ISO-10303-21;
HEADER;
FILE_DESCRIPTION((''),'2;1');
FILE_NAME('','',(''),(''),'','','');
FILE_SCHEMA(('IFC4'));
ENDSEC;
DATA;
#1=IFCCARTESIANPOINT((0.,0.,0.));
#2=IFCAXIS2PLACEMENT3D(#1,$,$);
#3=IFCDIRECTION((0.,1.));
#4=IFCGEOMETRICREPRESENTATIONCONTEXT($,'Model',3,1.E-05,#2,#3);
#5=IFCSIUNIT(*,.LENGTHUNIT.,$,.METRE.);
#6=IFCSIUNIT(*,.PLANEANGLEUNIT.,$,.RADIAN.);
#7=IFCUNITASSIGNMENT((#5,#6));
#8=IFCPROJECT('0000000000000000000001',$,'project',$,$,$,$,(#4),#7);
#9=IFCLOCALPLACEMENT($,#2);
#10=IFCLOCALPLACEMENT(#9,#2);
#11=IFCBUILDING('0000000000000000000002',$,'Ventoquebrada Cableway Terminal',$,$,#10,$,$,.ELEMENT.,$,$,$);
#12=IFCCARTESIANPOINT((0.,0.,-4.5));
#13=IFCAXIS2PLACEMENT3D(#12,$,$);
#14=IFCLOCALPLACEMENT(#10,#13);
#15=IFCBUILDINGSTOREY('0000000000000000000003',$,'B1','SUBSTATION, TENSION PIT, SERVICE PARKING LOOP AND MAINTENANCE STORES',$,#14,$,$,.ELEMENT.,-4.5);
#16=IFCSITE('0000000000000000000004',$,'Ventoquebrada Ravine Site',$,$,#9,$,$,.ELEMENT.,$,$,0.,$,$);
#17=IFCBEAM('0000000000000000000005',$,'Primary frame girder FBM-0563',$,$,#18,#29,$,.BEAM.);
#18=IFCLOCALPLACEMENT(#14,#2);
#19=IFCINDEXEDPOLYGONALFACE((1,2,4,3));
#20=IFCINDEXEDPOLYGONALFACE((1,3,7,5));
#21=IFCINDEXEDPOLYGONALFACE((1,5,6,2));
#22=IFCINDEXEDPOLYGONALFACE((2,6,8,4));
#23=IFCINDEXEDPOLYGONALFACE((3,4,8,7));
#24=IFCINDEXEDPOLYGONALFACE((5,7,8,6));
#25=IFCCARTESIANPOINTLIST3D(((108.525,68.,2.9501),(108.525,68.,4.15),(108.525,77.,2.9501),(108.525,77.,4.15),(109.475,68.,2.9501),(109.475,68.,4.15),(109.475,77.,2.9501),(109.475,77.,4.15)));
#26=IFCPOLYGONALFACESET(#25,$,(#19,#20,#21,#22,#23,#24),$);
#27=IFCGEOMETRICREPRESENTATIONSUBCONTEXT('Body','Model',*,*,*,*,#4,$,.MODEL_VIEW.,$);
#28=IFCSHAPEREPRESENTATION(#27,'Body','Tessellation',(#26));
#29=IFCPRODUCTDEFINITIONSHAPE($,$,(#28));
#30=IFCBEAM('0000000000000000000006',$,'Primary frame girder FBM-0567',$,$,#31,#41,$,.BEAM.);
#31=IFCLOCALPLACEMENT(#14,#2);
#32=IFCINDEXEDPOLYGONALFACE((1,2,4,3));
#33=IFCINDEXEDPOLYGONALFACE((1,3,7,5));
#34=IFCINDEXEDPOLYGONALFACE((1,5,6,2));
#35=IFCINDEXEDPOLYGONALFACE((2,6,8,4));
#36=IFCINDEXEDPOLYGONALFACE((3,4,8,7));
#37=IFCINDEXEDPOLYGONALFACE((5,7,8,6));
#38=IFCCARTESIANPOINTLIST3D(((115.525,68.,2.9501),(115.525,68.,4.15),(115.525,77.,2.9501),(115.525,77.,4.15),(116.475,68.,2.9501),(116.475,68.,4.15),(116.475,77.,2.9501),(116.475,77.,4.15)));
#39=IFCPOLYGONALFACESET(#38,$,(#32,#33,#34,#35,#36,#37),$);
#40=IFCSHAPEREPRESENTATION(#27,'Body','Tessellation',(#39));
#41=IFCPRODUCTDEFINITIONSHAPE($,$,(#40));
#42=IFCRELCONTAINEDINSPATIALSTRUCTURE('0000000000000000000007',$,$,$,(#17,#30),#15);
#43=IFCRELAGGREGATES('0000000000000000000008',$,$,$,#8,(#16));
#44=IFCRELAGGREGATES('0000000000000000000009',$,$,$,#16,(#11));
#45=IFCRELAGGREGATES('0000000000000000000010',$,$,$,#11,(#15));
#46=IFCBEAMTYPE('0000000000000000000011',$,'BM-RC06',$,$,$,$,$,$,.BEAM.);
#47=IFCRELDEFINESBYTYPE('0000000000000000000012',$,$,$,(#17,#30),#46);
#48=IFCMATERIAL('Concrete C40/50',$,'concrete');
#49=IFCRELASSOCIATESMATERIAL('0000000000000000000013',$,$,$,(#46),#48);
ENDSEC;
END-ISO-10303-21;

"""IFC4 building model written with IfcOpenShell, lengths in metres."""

from ifc_helpers import new_model, si_unit, direction, frame, origin, origin_2d, place, context, subcontext, project, spatial, rectangle, extrude, material, material_profile, profile_set, type_object, element, save


model = new_model("IFC4")

# Units and contexts
model_context = context("Model", 3, precision=1e-05, world=origin(), true_north=direction((0.0, 1.0)))
body_context = subcontext(model_context, "Body", "Model", "MODEL_VIEW")
ifc_project = project(units=[si_unit("LENGTHUNIT", "METRE"), si_unit("PLANEANGLEUNIT", "RADIAN")], contexts=[model_context])

# Site, building, storey
site_placement = place(None, origin())
site = spatial("IfcSite", under=ifc_project, at=site_placement, Name="Ventoquebrada Ravine Site", CompositionType="ELEMENT", RefElevation=0.0)
building_placement = place(site_placement, origin())
building = spatial("IfcBuilding", under=site, at=building_placement, Name="Ventoquebrada Cableway Terminal", CompositionType="ELEMENT")
storey_placement = place(building_placement, frame((0.0, 0.0, -4.5)))
storey = spatial("IfcBuildingStorey", under=building, at=storey_placement, Name="B1", Description="SUBSTATION, TENSION PIT, SERVICE PARKING LOOP AND MAINTENANCE STORES", CompositionType="ELEMENT", Elevation=-4.5)

# Shared definitions
ifc_material = material(Name="Concrete C40/50", Category="concrete")

# Beams
ifc_material_profile_1 = material_profile(ifc_material, rectangle(XDim=0.95, YDim=1.2, at=origin_2d()), Name="RC-BM-950X1200")
ifc_profile_set_1 = profile_set([ifc_material_profile_1], Name="Concrete C40/50")
beam_type_1 = type_object("IfcBeamType", Name="BM-RC06", PredefinedType="BEAM", material=ifc_profile_set_1)
for number, where, z_axis, x_axis, name in (
    (1, (109.0, 68.0, 3.55), (0.0, 1.0, 0.0), (-1.0, 0.0, 0.0), "Primary frame girder FBM-0563"),
    (2, (116.0, 68.0, 3.55), (0.0, 1.0, 0.0), (-1.0, 0.0, 0.0), "Primary frame girder FBM-0567"),
):
    element("IfcBeam", number, at=place(storey_placement, frame(where, z_axis=z_axis, x_axis=x_axis)), inside=storey, type_object=beam_type_1, Name=name, PredefinedType="BEAM", context=body_context, shape_type="SweptSolid", body=[
        extrude(rectangle(XDim=0.95, YDim=1.2, at=origin_2d()), origin(), (0.0, 0.0, 1.0), 9.0),
    ])

save(model, "model.ifc")
